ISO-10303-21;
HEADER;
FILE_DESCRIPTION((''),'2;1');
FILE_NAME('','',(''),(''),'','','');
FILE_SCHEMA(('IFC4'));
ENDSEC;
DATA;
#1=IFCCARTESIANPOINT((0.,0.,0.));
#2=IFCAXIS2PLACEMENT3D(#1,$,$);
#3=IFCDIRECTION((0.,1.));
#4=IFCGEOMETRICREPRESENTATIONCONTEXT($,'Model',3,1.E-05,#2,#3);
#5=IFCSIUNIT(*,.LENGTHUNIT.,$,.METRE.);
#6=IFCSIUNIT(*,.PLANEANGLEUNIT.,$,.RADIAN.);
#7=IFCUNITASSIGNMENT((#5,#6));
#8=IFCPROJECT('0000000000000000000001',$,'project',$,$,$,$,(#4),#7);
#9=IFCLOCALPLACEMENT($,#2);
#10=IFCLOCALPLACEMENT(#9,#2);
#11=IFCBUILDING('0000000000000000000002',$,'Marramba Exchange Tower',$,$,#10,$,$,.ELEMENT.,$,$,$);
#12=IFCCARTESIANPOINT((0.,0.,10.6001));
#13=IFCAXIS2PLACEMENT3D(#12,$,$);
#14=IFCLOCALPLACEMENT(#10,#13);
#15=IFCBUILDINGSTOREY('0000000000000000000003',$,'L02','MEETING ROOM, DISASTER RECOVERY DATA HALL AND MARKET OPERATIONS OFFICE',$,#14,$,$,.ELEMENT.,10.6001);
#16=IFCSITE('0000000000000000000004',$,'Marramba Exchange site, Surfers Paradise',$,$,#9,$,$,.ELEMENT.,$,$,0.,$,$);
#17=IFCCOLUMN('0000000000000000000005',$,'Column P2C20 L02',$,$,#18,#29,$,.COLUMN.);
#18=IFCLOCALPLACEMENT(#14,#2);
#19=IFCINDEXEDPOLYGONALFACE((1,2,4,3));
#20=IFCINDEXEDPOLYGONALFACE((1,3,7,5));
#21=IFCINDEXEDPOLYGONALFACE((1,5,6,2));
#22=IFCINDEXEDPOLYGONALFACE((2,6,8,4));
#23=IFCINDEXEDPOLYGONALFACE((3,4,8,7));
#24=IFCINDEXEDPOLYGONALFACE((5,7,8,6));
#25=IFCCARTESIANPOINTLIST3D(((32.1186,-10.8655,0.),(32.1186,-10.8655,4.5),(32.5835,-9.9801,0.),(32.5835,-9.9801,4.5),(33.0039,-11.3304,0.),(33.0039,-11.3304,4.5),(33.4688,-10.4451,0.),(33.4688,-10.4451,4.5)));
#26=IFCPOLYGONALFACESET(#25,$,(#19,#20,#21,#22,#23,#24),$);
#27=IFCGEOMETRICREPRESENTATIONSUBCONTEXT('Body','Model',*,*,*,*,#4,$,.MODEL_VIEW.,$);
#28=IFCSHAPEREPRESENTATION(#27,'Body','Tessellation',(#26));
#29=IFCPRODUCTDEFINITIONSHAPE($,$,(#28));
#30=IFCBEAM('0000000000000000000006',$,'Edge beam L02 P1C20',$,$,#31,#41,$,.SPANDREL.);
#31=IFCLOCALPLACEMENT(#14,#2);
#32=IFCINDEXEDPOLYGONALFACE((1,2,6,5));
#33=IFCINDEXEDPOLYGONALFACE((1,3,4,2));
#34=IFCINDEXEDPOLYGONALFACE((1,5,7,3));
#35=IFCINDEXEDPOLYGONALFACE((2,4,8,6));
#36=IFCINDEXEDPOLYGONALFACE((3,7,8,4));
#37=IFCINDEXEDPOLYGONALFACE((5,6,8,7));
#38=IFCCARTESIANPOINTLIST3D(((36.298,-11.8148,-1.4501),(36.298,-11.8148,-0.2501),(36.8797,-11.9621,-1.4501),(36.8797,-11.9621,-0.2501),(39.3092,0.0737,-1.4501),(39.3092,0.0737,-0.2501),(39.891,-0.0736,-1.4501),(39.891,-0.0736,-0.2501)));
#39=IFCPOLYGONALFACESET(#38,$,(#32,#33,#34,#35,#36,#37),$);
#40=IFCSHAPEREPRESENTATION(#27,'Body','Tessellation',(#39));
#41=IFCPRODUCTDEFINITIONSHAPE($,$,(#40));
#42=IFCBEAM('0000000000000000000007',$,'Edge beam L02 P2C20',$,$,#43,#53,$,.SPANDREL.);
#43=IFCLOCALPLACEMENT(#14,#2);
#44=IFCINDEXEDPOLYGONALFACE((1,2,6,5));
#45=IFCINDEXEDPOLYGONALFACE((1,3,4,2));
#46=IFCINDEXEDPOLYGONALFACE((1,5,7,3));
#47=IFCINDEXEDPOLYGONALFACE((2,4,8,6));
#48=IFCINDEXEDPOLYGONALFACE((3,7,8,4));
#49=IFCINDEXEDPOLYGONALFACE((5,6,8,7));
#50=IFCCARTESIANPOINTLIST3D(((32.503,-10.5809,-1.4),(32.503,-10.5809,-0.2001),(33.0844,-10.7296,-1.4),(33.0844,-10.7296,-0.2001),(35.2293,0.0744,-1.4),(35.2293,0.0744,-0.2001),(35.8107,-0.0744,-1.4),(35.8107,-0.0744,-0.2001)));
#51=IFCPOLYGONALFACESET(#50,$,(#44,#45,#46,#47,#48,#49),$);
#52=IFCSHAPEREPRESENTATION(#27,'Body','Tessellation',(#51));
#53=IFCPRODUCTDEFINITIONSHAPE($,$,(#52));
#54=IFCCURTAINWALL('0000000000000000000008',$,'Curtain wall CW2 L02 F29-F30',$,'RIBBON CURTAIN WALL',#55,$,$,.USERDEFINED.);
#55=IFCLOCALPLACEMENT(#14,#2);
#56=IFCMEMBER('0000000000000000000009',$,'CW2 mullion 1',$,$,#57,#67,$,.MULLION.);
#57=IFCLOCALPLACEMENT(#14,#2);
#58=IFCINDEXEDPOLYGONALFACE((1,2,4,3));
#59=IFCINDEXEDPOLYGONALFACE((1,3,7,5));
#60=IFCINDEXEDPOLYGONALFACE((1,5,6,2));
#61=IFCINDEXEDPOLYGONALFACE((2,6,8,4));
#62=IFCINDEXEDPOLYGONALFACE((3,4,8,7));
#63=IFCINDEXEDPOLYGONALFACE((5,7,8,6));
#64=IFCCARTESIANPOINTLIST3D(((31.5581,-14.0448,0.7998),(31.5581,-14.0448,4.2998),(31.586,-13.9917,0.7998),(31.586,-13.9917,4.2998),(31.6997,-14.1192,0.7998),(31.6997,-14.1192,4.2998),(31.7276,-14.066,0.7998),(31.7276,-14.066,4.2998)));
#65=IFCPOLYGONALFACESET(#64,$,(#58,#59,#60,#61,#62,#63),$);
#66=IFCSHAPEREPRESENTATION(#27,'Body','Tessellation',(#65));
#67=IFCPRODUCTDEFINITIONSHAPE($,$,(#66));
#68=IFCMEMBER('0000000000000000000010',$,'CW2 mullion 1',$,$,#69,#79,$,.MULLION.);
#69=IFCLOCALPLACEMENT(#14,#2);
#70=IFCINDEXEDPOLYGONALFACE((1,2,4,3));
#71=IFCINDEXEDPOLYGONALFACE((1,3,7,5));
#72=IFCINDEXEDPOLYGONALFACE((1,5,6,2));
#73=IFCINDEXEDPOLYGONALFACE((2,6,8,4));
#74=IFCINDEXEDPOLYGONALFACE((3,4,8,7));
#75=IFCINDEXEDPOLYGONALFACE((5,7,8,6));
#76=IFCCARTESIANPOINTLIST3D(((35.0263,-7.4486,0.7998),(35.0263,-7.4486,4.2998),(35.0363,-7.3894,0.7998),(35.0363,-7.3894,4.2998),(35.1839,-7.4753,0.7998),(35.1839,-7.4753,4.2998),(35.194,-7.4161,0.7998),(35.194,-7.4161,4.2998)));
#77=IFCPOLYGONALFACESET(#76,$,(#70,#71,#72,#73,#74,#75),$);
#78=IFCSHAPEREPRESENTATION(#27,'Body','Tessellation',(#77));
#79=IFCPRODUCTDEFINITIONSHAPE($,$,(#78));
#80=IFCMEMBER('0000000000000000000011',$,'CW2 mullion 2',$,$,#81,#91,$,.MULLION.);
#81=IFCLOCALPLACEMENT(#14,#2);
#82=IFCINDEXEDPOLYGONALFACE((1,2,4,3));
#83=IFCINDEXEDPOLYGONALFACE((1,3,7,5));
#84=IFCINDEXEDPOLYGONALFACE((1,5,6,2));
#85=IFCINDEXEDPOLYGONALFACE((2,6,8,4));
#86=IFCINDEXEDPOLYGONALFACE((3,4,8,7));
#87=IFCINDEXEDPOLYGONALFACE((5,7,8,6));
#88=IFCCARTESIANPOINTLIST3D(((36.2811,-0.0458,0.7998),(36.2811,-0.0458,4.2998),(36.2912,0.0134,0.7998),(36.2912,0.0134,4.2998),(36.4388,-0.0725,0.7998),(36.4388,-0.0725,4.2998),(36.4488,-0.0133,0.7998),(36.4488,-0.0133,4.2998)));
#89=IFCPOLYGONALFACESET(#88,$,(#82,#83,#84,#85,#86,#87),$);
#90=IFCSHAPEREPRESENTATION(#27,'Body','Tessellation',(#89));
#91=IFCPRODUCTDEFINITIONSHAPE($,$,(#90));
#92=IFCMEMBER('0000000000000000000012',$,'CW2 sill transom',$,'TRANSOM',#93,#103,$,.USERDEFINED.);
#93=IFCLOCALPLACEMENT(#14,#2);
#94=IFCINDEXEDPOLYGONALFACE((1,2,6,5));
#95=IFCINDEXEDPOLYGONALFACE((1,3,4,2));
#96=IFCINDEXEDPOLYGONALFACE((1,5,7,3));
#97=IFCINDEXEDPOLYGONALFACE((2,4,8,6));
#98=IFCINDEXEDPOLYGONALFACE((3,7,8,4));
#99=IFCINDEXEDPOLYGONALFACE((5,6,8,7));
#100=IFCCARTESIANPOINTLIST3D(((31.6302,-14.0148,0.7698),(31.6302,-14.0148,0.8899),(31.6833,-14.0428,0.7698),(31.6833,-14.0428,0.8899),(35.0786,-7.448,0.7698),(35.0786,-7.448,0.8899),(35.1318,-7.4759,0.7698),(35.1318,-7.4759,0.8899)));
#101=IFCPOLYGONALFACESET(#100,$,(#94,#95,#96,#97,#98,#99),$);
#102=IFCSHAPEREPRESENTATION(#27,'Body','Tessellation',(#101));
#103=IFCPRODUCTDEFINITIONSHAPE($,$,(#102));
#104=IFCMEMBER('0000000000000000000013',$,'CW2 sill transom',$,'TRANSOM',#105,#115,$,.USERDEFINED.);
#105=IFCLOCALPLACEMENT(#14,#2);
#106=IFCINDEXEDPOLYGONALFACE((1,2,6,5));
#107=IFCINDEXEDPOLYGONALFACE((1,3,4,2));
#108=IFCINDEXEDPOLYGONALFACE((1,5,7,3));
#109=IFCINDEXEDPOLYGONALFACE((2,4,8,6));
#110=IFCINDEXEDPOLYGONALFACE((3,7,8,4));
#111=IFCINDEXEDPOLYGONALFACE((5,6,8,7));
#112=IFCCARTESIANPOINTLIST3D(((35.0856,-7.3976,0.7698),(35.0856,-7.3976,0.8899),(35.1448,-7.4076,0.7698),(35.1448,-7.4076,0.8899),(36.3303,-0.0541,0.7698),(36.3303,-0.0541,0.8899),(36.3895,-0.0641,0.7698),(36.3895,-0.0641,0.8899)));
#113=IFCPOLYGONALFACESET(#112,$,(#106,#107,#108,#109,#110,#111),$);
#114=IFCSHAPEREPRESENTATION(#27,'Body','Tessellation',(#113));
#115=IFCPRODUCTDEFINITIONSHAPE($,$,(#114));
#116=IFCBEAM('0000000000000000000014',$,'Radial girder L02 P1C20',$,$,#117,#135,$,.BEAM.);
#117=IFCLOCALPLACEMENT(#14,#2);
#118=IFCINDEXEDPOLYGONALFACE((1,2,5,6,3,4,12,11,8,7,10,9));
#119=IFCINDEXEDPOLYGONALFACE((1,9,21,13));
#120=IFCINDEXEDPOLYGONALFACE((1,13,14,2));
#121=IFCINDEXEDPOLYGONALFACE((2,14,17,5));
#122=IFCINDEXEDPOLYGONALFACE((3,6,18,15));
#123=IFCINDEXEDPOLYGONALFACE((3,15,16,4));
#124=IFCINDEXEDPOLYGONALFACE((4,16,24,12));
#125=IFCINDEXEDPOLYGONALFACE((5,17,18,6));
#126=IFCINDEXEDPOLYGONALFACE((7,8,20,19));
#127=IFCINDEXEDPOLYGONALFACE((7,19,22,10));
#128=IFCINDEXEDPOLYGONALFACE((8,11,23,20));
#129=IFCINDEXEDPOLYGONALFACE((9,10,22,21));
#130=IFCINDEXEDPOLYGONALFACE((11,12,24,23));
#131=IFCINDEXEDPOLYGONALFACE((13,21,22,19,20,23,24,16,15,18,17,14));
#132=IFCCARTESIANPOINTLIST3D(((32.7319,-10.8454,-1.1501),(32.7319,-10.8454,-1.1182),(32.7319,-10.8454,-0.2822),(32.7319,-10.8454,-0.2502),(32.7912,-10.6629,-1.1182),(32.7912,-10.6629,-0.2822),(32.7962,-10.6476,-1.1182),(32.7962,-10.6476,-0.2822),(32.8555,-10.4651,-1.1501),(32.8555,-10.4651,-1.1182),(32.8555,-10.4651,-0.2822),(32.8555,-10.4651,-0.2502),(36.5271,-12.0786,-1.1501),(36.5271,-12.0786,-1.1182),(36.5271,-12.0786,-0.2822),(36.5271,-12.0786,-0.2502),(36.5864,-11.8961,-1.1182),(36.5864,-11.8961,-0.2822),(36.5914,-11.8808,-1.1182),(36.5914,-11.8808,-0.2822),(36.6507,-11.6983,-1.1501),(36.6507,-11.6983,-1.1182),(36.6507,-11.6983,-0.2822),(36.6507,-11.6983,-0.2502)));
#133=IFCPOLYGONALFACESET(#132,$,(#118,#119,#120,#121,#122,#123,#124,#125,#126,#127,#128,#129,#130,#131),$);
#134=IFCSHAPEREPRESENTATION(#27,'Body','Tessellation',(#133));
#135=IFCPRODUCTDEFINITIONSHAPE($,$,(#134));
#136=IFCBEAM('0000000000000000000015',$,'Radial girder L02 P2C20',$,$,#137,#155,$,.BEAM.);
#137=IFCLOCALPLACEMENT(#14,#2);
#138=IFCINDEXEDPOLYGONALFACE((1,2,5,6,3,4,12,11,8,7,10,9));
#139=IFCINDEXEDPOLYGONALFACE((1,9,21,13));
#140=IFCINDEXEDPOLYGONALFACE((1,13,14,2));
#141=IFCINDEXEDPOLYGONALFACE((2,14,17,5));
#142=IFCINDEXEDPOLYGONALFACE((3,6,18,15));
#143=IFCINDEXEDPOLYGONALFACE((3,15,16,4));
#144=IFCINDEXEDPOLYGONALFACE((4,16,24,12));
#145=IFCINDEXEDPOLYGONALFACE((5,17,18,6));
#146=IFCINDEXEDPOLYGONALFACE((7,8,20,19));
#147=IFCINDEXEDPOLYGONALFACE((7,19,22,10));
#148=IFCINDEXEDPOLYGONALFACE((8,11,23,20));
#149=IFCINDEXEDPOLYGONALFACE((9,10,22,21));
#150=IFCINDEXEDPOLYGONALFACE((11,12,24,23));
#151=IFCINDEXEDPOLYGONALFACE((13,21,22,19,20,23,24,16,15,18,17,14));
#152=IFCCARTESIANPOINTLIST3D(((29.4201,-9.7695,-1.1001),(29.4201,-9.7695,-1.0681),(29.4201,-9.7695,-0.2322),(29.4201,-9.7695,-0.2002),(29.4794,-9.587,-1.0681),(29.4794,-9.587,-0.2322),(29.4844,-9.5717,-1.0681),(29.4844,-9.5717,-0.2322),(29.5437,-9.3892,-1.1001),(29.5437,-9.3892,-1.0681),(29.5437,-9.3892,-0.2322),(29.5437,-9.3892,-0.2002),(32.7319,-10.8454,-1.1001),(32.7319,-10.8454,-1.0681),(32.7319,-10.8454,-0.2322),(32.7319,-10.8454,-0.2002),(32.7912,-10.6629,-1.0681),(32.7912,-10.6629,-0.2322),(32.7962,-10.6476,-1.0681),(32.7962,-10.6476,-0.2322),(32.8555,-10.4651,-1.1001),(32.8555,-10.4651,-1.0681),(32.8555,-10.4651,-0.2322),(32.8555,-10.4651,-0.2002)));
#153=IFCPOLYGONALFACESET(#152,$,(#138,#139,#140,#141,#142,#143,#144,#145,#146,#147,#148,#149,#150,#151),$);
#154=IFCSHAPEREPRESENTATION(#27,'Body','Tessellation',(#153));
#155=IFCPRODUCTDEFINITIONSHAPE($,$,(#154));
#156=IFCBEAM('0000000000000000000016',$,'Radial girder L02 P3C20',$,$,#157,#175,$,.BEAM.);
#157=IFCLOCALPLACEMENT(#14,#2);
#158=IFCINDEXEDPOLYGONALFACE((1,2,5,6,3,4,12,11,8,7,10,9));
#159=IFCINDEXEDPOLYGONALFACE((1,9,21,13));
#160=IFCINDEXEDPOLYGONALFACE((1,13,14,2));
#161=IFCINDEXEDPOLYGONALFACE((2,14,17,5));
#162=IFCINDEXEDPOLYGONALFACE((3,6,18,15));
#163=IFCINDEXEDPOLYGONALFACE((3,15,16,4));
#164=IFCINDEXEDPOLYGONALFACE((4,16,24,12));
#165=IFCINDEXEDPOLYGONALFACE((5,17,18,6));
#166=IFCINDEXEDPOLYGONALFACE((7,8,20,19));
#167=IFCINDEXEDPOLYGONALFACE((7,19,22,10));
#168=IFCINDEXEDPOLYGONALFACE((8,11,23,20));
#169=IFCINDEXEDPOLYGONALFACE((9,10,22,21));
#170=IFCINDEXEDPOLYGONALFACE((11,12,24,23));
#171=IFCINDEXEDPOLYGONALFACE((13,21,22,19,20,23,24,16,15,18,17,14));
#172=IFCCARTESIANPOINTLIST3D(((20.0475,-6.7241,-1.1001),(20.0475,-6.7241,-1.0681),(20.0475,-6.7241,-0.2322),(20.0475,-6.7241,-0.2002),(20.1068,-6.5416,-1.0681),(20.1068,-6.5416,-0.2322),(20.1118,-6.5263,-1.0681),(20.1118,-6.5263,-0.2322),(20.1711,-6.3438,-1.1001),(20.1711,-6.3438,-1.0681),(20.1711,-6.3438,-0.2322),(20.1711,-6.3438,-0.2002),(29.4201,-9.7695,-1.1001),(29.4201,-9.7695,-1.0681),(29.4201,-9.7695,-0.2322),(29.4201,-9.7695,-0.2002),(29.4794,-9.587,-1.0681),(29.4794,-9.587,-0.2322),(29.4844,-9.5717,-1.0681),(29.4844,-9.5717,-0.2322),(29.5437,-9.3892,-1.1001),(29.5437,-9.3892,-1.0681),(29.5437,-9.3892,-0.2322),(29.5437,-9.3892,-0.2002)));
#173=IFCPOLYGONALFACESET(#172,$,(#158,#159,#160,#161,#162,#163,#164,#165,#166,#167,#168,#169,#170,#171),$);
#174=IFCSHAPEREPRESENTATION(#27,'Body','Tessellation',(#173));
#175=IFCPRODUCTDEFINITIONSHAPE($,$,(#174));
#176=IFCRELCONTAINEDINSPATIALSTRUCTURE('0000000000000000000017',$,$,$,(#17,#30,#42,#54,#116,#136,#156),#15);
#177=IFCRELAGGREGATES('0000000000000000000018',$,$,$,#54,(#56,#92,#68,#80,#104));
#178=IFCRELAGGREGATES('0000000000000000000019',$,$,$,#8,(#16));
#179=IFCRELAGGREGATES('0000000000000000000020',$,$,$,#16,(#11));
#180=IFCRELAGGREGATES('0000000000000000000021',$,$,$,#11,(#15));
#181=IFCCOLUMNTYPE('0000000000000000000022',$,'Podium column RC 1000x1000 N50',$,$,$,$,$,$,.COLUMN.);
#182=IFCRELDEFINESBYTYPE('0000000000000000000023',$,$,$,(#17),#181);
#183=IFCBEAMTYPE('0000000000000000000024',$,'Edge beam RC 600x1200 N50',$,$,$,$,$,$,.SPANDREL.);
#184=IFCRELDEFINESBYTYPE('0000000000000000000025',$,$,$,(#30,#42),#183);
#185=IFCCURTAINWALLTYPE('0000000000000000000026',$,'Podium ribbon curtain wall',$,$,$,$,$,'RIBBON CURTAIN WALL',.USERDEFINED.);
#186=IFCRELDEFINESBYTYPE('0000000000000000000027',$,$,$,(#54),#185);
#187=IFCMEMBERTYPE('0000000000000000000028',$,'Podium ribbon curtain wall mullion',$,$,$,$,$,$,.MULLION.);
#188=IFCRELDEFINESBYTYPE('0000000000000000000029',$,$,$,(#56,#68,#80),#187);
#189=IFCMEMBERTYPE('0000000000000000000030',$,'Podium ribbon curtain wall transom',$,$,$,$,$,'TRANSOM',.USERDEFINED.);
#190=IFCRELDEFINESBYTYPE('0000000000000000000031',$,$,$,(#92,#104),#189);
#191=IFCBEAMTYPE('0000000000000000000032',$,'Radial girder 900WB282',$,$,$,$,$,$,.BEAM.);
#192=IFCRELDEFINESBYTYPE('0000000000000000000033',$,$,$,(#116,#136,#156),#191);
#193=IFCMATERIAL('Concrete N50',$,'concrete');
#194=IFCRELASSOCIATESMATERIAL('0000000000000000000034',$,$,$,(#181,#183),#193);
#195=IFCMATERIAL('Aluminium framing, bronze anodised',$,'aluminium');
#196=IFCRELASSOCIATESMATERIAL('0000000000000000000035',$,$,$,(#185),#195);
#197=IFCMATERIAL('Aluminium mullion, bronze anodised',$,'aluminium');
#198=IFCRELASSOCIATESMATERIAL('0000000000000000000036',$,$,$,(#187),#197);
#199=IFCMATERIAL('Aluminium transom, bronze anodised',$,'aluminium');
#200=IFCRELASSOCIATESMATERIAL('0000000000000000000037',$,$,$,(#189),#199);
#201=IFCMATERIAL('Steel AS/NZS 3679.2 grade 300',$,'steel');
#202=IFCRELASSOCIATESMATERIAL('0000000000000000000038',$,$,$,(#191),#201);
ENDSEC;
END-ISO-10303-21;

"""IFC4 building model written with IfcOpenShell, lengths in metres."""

from ifc_helpers import new_model, si_unit, direction, frame, origin, origin_2d, place, context, subcontext, project, spatial, rectangle, i_section, extrude, material, material_profile, profile_set, type_object, element, aggregate, save


model = new_model("IFC4")

# Units and contexts
model_context = context("Model", 3, precision=1e-05, world=origin(), true_north=direction((0.0, 1.0)))
body_context = subcontext(model_context, "Body", "Model", "MODEL_VIEW")
ifc_project = project(units=[si_unit("LENGTHUNIT", "METRE"), si_unit("PLANEANGLEUNIT", "RADIAN")], contexts=[model_context])

# Site, building, storey
site_placement = place(None, origin())
site = spatial("IfcSite", under=ifc_project, at=site_placement, Name="Marramba Exchange site, Surfers Paradise", CompositionType="ELEMENT", RefElevation=0.0)
building_placement = place(site_placement, origin())
building = spatial("IfcBuilding", under=site, at=building_placement, Name="Marramba Exchange Tower", CompositionType="ELEMENT")
storey_placement = place(building_placement, frame((0.0, 0.0, 10.6001)))
storey = spatial("IfcBuildingStorey", under=building, at=storey_placement, Name="L02", Description="MEETING ROOM, DISASTER RECOVERY DATA HALL AND MARKET OPERATIONS OFFICE", CompositionType="ELEMENT", Elevation=10.6001)

# Column
ifc_material_1 = material(Name="Concrete N50", Category="concrete")
ifc_material_profile_1 = material_profile(ifc_material_1, rectangle(XDim=1.0, YDim=1.0, at=origin_2d()), Name="RC 1000x1000")
ifc_profile_set_1 = profile_set([ifc_material_profile_1], Name="Concrete N50")
column_type = type_object("IfcColumnType", Name="Podium column RC 1000x1000 N50", PredefinedType="COLUMN", material=ifc_profile_set_1)
column_placement = place(storey_placement, frame((32.7937, -10.6553, 0.0), z_axis=(0.0, 0.0, 1.0), x_axis=(0.885353, -0.464919, 0.0)))
element("IfcColumn", 1, at=column_placement, inside=storey, type_object=column_type, Name="Column P2C20 L02", PredefinedType="COLUMN", context=body_context, shape_type="SweptSolid", body=[
    extrude(rectangle(XDim=1.0, YDim=1.0, at=origin_2d()), origin(), (0.0, 0.0, 1.0), 4.5),
])

# Beams
ifc_material_profile_2 = material_profile(ifc_material_1, rectangle(XDim=0.6001, YDim=1.2, at=origin_2d()), Name="RC 600x1200")
ifc_profile_set_2 = profile_set([ifc_material_profile_2], Name="Concrete N50")
beam_type_1 = type_object("IfcBeamType", Name="Edge beam RC 600x1200 N50", PredefinedType="SPANDREL", material=ifc_profile_set_2)
beam_1_placement = place(storey_placement, frame((36.5889, -11.8884, -0.8501), z_axis=(0.245537, 0.969387, 0.0), x_axis=(-0.969387, 0.245537, 0.0)))
element("IfcBeam", 2, at=beam_1_placement, inside=storey, type_object=beam_type_1, Name="Edge beam L02 P1C20", PredefinedType="SPANDREL", context=body_context, shape_type="SweptSolid", body=[
    extrude(rectangle(XDim=0.6001, YDim=1.2, at=origin_2d()), origin(), (0.0, 0.0, 1.0), 12.2639),
])
beam_2_placement = place(storey_placement, frame((32.7937, -10.6553, -0.8), z_axis=(0.24788, 0.968791, 0.0), x_axis=(-0.968791, 0.24788, 0.0)))
element("IfcBeam", 3, at=beam_2_placement, inside=storey, type_object=beam_type_1, Name="Edge beam L02 P2C20", PredefinedType="SPANDREL", context=body_context, shape_type="SweptSolid", body=[
    extrude(rectangle(XDim=0.6001, YDim=1.2, at=origin_2d()), origin(), (0.0, 0.0, 1.0), 10.9985),
])

# Curtain wall, members
ifc_material_2 = material(Name="Aluminium framing, bronze anodised", Category="aluminium")
curtain_wall_type = type_object("IfcCurtainWallType", Name="Podium ribbon curtain wall", ElementType="RIBBON CURTAIN WALL", PredefinedType="USERDEFINED", material=ifc_material_2)
curtain_wall_placement = place(storey_placement, origin())
curtain_wall = element("IfcCurtainWall", 4, at=curtain_wall_placement, inside=storey, type_object=curtain_wall_type, Name="Curtain wall CW2 L02 F29-F30", ObjectType="RIBBON CURTAIN WALL", PredefinedType="USERDEFINED")
ifc_material_3 = material(Name="Aluminium mullion, bronze anodised", Category="aluminium")
ifc_material_profile_3 = material_profile(ifc_material_3, rectangle(XDim=0.1599, YDim=0.0601, at=origin_2d()), Name="CW2 mullion 60x160")
ifc_profile_set_3 = profile_set([ifc_material_profile_3], Name="Aluminium mullion, bronze anodised")
member_type_1 = type_object("IfcMemberType", Name="Podium ribbon curtain wall mullion", PredefinedType="MULLION", material=ifc_profile_set_3)
member_1_placement = place(storey_placement, frame((31.6428, -14.0554, 0.7998), z_axis=(0.0, 0.0, 1.0), x_axis=(-0.885353, 0.464919, 0.0)))
member_1 = element("IfcMember", 5, at=member_1_placement, type_object=member_type_1, Name="CW2 mullion 1", PredefinedType="MULLION", context=body_context, shape_type="SweptSolid", body=[
    extrude(rectangle(XDim=0.1599, YDim=0.0601, at=origin_2d()), origin(), (0.0, 0.0, 1.0), 3.5),
])
member_2_placement = place(storey_placement, frame((35.1101, -7.4324, 0.7998), z_axis=(0.0, 0.0, 1.0), x_axis=(-0.985937, 0.167118, 0.0)))
member_2 = element("IfcMember", 6, at=member_2_placement, type_object=member_type_1, Name="CW2 mullion 1", PredefinedType="MULLION", context=body_context, shape_type="SweptSolid", body=[
    extrude(rectangle(XDim=0.1599, YDim=0.0601, at=origin_2d()), origin(), (0.0, 0.0, 1.0), 3.5),
])
member_3_placement = place(storey_placement, frame((36.365, -0.0295, 0.7998), z_axis=(0.0, 0.0, 1.0), x_axis=(-0.985937, 0.167118, 0.0)))
member_3 = element("IfcMember", 7, at=member_3_placement, type_object=member_type_1, Name="CW2 mullion 2", PredefinedType="MULLION", context=body_context, shape_type="SweptSolid", body=[
    extrude(rectangle(XDim=0.1599, YDim=0.0601, at=origin_2d()), origin(), (0.0, 0.0, 1.0), 3.5),
])
ifc_material_4 = material(Name="Aluminium transom, bronze anodised", Category="aluminium")
ifc_material_profile_4 = material_profile(ifc_material_4, rectangle(XDim=0.0601, YDim=0.1201, at=origin_2d()), Name="CW2 transom 60x120")
ifc_profile_set_4 = profile_set([ifc_material_profile_4], Name="Aluminium transom, bronze anodised")
member_type_2 = type_object("IfcMemberType", Name="Podium ribbon curtain wall transom", ElementType="TRANSOM", PredefinedType="USERDEFINED", material=ifc_profile_set_4)
member_4_placement = place(storey_placement, frame((31.6567, -14.0288, 0.8298), z_axis=(0.464925, 0.88535, 0.0), x_axis=(-0.88535, 0.464925, 0.0)))
member_4 = element("IfcMember", 8, at=member_4_placement, type_object=member_type_2, Name="CW2 sill transom", ObjectType="TRANSOM", PredefinedType="USERDEFINED", context=body_context, shape_type="SweptSolid", body=[
    extrude(rectangle(XDim=0.0601, YDim=0.1201, at=origin_2d()), origin(), (0.0, 0.0, 1.0), 7.4172),
])
member_5_placement = place(storey_placement, frame((35.1152, -7.4026, 0.8298), z_axis=(0.167104, 0.985939, 0.0), x_axis=(-0.985939, 0.167104, 0.0)))
member_5 = element("IfcMember", 9, at=member_5_placement, type_object=member_type_2, Name="CW2 sill transom", ObjectType="TRANSOM", PredefinedType="USERDEFINED", context=body_context, shape_type="SweptSolid", body=[
    extrude(rectangle(XDim=0.0601, YDim=0.1201, at=origin_2d()), origin(), (0.0, 0.0, 1.0), 7.4482),
])

# Beams
ifc_material_5 = material(Name="Steel AS/NZS 3679.2 grade 300", Category="steel")
ifc_material_profile_5 = material_profile(ifc_material_5, i_section(OverallWidth=0.3999, OverallDepth=0.8999, WebThickness=0.0161, FlangeThickness=0.032, at=origin_2d()), Name="900WB282")
ifc_profile_set_5 = profile_set([ifc_material_profile_5], Name="Steel AS/NZS 3679.2 grade 300")
beam_type_2 = type_object("IfcBeamType", Name="Radial girder 900WB282", PredefinedType="BEAM", material=ifc_profile_set_5)
beam_3_placement = place(storey_placement, frame((36.5889, -11.8884, -0.7002), z_axis=(-0.951054, 0.309024, 0.0), x_axis=(-0.309024, -0.951054, 0.0)))
element("IfcBeam", 10, at=beam_3_placement, inside=storey, type_object=beam_type_2, Name="Radial girder L02 P1C20", PredefinedType="BEAM", context=body_context, shape_type="SweptSolid", body=[
    extrude(i_section(OverallWidth=0.3999, OverallDepth=0.8999, WebThickness=0.0161, FlangeThickness=0.032, at=origin_2d()), origin(), (0.0, 0.0, 1.0), 3.9905),
])
beam_4_placement = place(storey_placement, frame((32.7937, -10.6553, -0.6501), z_axis=(-0.951068, 0.308983, 0.0), x_axis=(-0.308983, -0.951068, 0.0)))
element("IfcBeam", 11, at=beam_4_placement, inside=storey, type_object=beam_type_2, Name="Radial girder L02 P2C20", PredefinedType="BEAM", context=body_context, shape_type="SweptSolid", body=[
    extrude(i_section(OverallWidth=0.3999, OverallDepth=0.8999, WebThickness=0.0161, FlangeThickness=0.032, at=origin_2d()), origin(), (0.0, 0.0, 1.0), 3.4822),
])
beam_5_placement = place(storey_placement, frame((29.4819, -9.5793, -0.6501), z_axis=(-0.951054, 0.309024, 0.0), x_axis=(-0.309024, -0.951054, 0.0)))
element("IfcBeam", 12, at=beam_5_placement, inside=storey, type_object=beam_type_2, Name="Radial girder L02 P3C20", PredefinedType="BEAM", context=body_context, shape_type="SweptSolid", body=[
    extrude(i_section(OverallWidth=0.3999, OverallDepth=0.8999, WebThickness=0.0161, FlangeThickness=0.032, at=origin_2d()), origin(), (0.0, 0.0, 1.0), 9.855),
])

aggregate(curtain_wall, [member_1, member_4, member_2, member_3, member_5])

save(model, "model.ifc")
